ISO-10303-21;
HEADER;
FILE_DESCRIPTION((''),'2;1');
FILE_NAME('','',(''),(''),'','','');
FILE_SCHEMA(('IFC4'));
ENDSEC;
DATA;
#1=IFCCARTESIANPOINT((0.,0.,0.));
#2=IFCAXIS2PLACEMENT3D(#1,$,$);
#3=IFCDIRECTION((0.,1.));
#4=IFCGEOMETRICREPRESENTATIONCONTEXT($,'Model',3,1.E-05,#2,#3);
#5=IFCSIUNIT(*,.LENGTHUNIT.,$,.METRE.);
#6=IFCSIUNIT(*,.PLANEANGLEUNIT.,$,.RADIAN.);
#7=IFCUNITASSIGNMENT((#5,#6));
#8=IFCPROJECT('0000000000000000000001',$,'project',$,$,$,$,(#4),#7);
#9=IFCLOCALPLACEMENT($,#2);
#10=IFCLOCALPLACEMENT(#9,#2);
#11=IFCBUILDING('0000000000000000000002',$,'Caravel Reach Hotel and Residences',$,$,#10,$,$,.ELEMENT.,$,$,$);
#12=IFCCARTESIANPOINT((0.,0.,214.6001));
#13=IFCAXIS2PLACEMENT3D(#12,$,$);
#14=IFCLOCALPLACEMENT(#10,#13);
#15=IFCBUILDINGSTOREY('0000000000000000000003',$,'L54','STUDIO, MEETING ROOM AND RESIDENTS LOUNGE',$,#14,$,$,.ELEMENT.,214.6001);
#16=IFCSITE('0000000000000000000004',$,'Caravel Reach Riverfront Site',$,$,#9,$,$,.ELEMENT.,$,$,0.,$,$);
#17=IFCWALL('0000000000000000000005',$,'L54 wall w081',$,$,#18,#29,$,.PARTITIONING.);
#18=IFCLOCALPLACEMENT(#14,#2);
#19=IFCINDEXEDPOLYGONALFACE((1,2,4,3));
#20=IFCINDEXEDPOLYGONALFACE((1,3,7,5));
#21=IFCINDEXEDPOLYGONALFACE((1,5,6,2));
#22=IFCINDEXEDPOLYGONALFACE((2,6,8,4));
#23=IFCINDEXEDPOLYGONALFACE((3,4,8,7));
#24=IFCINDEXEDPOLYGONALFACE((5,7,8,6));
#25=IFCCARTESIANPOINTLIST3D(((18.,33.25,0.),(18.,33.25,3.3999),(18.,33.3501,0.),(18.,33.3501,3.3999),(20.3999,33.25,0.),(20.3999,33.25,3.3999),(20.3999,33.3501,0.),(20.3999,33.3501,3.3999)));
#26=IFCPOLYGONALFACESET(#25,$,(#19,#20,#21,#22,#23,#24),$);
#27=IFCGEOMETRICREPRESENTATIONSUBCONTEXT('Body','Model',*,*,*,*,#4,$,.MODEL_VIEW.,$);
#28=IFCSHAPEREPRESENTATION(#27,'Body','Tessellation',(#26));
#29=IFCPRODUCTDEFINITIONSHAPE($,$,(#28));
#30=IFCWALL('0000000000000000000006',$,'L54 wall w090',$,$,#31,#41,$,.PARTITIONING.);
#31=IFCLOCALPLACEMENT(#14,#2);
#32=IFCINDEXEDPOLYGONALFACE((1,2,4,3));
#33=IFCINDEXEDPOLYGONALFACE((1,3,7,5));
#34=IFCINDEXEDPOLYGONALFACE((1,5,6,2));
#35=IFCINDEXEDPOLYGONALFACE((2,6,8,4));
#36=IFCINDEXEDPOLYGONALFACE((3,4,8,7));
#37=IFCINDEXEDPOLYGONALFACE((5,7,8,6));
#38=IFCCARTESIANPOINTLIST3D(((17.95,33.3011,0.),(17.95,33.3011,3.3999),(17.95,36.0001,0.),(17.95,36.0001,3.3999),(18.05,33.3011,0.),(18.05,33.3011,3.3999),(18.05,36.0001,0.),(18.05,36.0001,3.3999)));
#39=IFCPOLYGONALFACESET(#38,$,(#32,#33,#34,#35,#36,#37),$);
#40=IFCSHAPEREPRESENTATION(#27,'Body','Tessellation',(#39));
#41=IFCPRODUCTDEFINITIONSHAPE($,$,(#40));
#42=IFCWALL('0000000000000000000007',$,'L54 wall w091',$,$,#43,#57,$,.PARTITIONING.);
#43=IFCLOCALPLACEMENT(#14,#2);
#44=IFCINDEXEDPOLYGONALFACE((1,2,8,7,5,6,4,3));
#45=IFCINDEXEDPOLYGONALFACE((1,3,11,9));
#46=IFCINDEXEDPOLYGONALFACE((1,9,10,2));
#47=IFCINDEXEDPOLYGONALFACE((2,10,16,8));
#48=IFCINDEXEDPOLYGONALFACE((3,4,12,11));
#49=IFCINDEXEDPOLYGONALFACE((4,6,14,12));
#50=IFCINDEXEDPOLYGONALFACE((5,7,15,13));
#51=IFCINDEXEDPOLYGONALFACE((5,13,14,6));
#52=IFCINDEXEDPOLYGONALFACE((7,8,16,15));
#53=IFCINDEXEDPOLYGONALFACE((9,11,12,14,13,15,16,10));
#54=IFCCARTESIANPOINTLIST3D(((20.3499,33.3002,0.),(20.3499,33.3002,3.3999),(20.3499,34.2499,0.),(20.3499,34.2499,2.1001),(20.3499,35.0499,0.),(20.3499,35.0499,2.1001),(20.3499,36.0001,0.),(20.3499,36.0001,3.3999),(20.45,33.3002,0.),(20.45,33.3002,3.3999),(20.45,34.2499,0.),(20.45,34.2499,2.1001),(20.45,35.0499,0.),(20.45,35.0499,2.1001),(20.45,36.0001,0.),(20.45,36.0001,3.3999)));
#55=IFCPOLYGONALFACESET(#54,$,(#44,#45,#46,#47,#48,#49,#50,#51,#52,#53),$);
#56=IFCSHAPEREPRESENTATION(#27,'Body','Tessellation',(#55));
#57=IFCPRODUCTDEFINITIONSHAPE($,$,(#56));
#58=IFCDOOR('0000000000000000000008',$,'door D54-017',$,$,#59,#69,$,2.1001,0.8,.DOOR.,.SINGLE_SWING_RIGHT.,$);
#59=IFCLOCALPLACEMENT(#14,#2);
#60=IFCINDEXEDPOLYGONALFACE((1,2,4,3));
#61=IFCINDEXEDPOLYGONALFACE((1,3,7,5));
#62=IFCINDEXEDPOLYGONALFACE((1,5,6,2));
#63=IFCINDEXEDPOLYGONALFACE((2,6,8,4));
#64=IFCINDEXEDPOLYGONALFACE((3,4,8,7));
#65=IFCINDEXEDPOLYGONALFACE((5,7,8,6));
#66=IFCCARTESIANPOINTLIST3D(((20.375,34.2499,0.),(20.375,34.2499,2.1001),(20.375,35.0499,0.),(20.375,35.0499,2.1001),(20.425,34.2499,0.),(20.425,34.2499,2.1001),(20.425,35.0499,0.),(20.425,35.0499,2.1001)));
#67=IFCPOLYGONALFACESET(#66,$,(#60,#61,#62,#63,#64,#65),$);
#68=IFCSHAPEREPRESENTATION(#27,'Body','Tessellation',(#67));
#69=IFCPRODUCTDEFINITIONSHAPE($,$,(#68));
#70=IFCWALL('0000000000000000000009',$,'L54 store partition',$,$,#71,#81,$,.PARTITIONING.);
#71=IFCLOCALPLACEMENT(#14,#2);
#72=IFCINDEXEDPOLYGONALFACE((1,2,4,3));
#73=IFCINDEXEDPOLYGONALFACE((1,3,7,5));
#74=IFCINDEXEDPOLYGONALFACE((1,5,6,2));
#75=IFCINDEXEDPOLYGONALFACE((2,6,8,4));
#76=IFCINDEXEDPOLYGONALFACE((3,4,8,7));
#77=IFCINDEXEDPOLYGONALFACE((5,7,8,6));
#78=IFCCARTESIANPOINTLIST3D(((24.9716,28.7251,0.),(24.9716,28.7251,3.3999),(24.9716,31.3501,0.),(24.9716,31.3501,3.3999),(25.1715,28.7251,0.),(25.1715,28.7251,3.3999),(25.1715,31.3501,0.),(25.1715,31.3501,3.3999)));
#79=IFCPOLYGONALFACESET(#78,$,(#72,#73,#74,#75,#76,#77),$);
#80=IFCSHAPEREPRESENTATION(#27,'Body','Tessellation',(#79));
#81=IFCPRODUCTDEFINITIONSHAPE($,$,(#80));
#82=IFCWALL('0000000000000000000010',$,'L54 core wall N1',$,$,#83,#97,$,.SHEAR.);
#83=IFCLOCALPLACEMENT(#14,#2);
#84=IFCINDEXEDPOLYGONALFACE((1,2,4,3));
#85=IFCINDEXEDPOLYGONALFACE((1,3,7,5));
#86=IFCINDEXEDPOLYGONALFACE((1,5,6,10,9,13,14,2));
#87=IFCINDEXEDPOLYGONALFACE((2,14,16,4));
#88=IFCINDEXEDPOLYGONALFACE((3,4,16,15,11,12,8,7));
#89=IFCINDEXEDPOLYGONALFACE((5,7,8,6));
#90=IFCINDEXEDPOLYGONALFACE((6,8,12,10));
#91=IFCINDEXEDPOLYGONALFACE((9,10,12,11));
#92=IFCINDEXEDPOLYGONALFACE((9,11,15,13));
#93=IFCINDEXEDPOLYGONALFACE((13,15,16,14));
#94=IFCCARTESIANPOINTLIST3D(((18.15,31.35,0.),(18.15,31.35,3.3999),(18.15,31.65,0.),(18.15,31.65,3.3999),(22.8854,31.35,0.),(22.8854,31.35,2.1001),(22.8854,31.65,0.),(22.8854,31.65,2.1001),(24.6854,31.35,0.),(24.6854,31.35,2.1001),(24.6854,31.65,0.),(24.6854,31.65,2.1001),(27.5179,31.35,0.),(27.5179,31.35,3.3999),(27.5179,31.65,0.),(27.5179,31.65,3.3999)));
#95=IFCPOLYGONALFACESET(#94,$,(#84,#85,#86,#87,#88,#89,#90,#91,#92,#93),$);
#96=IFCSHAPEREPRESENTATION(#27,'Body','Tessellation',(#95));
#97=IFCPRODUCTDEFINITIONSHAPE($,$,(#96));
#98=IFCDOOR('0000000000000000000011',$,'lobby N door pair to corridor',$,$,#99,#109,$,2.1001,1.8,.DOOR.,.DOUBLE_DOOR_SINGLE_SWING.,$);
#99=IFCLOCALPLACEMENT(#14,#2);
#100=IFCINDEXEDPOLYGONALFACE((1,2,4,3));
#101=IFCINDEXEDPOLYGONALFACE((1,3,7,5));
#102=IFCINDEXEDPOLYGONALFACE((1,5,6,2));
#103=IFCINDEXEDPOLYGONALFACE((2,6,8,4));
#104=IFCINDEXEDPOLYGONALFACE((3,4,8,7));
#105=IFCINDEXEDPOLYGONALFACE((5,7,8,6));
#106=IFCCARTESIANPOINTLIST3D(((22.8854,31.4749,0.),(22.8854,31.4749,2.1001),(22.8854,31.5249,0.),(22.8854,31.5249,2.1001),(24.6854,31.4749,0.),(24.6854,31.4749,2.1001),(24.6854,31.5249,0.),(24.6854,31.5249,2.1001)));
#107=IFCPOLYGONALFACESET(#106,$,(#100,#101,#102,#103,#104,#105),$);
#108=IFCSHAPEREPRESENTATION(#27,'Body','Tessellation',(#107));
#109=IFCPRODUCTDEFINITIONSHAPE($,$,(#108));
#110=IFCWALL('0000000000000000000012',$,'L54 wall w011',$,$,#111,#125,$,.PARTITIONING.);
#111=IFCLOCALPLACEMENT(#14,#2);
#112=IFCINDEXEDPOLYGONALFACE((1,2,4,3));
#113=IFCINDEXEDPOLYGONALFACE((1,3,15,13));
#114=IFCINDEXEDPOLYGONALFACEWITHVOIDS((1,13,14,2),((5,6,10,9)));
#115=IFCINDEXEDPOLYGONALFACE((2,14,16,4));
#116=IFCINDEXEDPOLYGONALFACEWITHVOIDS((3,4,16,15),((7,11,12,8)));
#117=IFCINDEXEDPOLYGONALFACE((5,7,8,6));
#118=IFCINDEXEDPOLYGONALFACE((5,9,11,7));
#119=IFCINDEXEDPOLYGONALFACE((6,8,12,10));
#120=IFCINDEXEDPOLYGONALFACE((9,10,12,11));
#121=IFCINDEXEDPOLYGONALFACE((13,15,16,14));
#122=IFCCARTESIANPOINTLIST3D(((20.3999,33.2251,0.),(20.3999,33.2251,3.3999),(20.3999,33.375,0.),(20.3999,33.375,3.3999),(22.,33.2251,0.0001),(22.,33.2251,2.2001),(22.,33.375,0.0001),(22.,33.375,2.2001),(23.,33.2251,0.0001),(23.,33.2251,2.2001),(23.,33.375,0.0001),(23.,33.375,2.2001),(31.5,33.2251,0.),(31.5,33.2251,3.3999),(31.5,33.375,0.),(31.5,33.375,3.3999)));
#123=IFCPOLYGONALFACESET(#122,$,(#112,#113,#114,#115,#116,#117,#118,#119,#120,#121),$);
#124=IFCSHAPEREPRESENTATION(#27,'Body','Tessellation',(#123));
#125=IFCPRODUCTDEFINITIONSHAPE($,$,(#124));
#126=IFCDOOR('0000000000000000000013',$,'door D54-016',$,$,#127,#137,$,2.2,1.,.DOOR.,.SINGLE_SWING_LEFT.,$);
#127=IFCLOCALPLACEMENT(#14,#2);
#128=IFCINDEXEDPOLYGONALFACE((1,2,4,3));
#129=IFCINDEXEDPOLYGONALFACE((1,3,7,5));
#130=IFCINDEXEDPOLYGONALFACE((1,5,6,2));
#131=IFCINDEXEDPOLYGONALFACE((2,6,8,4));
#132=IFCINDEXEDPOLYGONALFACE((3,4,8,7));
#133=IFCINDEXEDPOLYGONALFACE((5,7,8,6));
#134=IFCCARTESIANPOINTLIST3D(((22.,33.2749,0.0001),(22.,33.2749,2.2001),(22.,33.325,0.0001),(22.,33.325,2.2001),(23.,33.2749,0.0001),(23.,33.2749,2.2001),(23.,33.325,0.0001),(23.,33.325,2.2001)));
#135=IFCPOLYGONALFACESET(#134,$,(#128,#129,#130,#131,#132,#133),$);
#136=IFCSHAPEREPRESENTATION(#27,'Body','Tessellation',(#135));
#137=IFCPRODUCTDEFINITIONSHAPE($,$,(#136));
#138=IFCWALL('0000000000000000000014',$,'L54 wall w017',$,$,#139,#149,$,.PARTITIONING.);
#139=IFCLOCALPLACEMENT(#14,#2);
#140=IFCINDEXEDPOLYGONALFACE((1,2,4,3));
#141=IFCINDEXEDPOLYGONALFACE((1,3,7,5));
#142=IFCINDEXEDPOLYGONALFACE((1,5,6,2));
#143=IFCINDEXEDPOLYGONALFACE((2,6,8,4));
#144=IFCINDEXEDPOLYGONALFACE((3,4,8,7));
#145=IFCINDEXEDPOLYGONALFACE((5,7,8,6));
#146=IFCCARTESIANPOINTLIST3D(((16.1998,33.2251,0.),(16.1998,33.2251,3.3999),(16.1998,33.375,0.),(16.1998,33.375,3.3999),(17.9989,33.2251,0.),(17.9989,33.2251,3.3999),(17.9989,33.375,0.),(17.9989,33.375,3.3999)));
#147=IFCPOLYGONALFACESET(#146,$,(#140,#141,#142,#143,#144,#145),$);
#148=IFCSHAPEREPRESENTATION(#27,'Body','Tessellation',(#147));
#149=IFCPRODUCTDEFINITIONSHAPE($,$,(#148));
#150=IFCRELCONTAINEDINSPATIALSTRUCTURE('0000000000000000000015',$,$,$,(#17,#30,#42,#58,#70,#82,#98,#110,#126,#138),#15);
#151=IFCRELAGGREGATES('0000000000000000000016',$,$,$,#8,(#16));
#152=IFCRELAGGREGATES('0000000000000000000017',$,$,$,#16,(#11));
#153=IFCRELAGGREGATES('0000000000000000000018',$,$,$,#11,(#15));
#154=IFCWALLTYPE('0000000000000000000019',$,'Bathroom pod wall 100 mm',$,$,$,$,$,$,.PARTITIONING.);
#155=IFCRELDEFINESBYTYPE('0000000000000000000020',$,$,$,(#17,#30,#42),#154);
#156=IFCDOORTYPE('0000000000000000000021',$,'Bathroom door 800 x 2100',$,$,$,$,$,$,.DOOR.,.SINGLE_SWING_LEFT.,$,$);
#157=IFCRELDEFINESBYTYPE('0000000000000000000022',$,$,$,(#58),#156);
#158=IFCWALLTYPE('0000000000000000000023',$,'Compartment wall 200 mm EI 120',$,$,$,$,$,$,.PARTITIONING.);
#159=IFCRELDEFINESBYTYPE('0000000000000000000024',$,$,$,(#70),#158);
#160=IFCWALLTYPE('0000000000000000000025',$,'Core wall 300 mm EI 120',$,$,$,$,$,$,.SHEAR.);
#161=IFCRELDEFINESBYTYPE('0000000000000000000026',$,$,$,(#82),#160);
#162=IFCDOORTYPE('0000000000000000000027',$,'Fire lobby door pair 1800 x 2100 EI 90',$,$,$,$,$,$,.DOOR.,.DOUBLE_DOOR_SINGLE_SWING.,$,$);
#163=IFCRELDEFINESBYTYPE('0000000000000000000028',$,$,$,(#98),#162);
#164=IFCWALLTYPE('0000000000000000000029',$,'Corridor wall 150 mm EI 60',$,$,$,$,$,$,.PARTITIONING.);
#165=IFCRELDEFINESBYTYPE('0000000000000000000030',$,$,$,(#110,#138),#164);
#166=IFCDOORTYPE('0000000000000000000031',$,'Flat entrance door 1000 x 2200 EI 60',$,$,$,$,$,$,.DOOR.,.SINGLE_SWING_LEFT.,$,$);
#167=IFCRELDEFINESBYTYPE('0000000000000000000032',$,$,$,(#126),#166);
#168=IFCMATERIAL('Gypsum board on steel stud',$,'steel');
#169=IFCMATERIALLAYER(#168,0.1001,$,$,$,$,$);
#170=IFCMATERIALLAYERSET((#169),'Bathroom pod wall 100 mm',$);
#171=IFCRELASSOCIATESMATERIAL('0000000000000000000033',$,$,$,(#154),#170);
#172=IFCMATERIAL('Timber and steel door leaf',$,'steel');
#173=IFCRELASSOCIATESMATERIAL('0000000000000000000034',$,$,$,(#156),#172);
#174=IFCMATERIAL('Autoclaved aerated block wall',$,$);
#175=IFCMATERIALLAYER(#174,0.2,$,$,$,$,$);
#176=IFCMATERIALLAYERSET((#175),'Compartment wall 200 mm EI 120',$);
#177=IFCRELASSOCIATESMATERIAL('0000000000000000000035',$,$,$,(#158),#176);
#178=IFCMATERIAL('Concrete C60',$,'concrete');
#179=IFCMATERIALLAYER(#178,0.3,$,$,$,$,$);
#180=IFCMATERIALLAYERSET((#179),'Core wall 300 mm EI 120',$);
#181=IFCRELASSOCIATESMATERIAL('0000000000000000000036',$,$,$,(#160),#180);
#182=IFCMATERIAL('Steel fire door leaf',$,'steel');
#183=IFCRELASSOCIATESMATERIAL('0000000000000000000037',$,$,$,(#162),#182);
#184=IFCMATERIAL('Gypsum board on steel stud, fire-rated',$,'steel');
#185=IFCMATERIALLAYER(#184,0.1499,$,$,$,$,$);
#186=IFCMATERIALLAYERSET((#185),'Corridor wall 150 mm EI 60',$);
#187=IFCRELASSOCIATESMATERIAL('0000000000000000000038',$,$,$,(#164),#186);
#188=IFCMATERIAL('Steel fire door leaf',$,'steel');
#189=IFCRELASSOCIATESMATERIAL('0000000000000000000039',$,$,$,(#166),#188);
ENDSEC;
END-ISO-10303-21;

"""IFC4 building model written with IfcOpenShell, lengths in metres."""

from ifc_helpers import new_model, si_unit, direction, frame, frame_2d, origin, place, context, subcontext, project, spatial, rectangle, extrude, material, layer, layer_set, type_object, element, fill, save


model = new_model("IFC4")

# Units and contexts
model_context = context("Model", 3, precision=1e-05, world=origin(), true_north=direction((0.0, 1.0)))
body_context = subcontext(model_context, "Body", "Model", "MODEL_VIEW")
ifc_project = project(units=[si_unit("LENGTHUNIT", "METRE"), si_unit("PLANEANGLEUNIT", "RADIAN")], contexts=[model_context])

# Site, building, storey
site_placement = place(None, origin())
site = spatial("IfcSite", under=ifc_project, at=site_placement, Name="Caravel Reach Riverfront Site", CompositionType="ELEMENT", RefElevation=0.0)
building_placement = place(site_placement, origin())
building = spatial("IfcBuilding", under=site, at=building_placement, Name="Caravel Reach Hotel and Residences", CompositionType="ELEMENT")
storey_placement = place(building_placement, frame((0.0, 0.0, 214.6001)))
storey = spatial("IfcBuildingStorey", under=building, at=storey_placement, Name="L54", Description="STUDIO, MEETING ROOM AND RESIDENTS LOUNGE", CompositionType="ELEMENT", Elevation=214.6001)

# Walls
ifc_material_1 = material(Name="Gypsum board on steel stud", Category="steel")
ifc_layer_1 = layer(ifc_material_1, 0.1001)
ifc_layer_set_1 = layer_set([ifc_layer_1], Name="Bathroom pod wall 100 mm")
wall_type_1 = type_object("IfcWallType", Name="Bathroom pod wall 100 mm", PredefinedType="PARTITIONING", material=ifc_layer_set_1)
wall_1_placement = place(storey_placement, frame((18.0, 33.3, 0.0), z_axis=(0.0, 0.0, 1.0), x_axis=(1.0, 0.0, 0.0)))
element("IfcWall", 1, at=wall_1_placement, inside=storey, type_object=wall_type_1, Name="L54 wall w081", PredefinedType="PARTITIONING", context=body_context, shape_type="SweptSolid", body=[
    extrude(rectangle(XDim=2.3999, YDim=0.1001, at=frame_2d((1.2, 0.0))), origin(), (0.0, 0.0, 1.0), 3.3999),
])
wall_2_placement = place(storey_placement, frame((18.0, 33.301, 0.0), z_axis=(0.0, 0.0, 1.0), x_axis=(0.0, 1.0, 0.0)))
element("IfcWall", 2, at=wall_2_placement, inside=storey, type_object=wall_type_1, Name="L54 wall w090", PredefinedType="PARTITIONING", context=body_context, shape_type="SweptSolid", body=[
    extrude(rectangle(XDim=2.699, YDim=0.1001, at=frame_2d((1.3496, 0.0))), origin(), (0.0, 0.0, 1.0), 3.3999),
])

# Wall, opening, door
wall_3_placement = place(storey_placement, frame((20.3999, 33.3, 0.0), z_axis=(0.0, 0.0, 1.0), x_axis=(0.0, 1.0, 0.0)))
wall_3 = element("IfcWall", 3, at=wall_3_placement, inside=storey, type_object=wall_type_1, Name="L54 wall w091", PredefinedType="PARTITIONING", context=body_context, shape_type="SweptSolid", body=[
    extrude(rectangle(XDim=2.7, YDim=0.1001, at=frame_2d((1.3501, 0.0))), origin(), (0.0, 0.0, 1.0), 3.3999),
])
opening_1_placement = place(wall_3_placement, frame((0.95, 0.0, 0.0)))
opening_1 = element("IfcOpeningElement", 4, at=opening_1_placement, cuts=wall_3, PredefinedType="OPENING", context=body_context, shape_type="SweptSolid", body=[
    extrude(rectangle(XDim=0.8, YDim=2.1001, at=frame_2d((0.3999, 1.05))), frame((0.0, 0.0601, 0.0), z_axis=(0.0, -1.0, 0.0), x_axis=(1.0, 0.0, 0.0)), (0.0, 0.0, 1.0), 0.1201),
])
ifc_material_2 = material(Name="Timber and steel door leaf", Category="steel")
door_type_1 = type_object("IfcDoorType", Name="Bathroom door 800 x 2100", OperationType="SINGLE_SWING_LEFT", PredefinedType="DOOR", material=ifc_material_2)
door_1_placement = place(opening_1_placement, origin())
door_1 = element("IfcDoor", 5, at=door_1_placement, inside=storey, type_object=door_type_1, Name="door D54-017", OperationType="SINGLE_SWING_RIGHT", OverallHeight=2.1001, OverallWidth=0.8, PredefinedType="DOOR", context=body_context, shape_type="SweptSolid", body=[
    extrude(rectangle(XDim=0.8, YDim=2.1001, at=frame_2d((0.3999, 1.05))), frame((0.0, 0.0249, 0.0), z_axis=(0.0, -1.0, 0.0), x_axis=(1.0, 0.0, 0.0)), (0.0, 0.0, 1.0), 0.05),
])
fill(opening_1, door_1)

# Wall
ifc_material_3 = material(Name="Autoclaved aerated block wall")
ifc_layer_2 = layer(ifc_material_3, 0.2)
ifc_layer_set_2 = layer_set([ifc_layer_2], Name="Compartment wall 200 mm EI 120")
wall_type_2 = type_object("IfcWallType", Name="Compartment wall 200 mm EI 120", PredefinedType="PARTITIONING", material=ifc_layer_set_2)
wall_4_placement = place(storey_placement, frame((25.0715, 28.7251, 0.0), z_axis=(0.0, 0.0, 1.0), x_axis=(0.0, 1.0, 0.0)))
element("IfcWall", 6, at=wall_4_placement, inside=storey, type_object=wall_type_2, Name="L54 store partition", PredefinedType="PARTITIONING", context=body_context, shape_type="SweptSolid", body=[
    extrude(rectangle(XDim=2.625, YDim=0.2, at=frame_2d((1.3125, 0.0))), origin(), (0.0, 0.0, 1.0), 3.3999),
])

# Walls, openings, doors
ifc_material_4 = material(Name="Concrete C60", Category="concrete")
ifc_layer_3 = layer(ifc_material_4, 0.3)
ifc_layer_set_3 = layer_set([ifc_layer_3], Name="Core wall 300 mm EI 120")
wall_type_3 = type_object("IfcWallType", Name="Core wall 300 mm EI 120", PredefinedType="SHEAR", material=ifc_layer_set_3)
wall_5_placement = place(storey_placement, frame((18.1499, 31.5, 0.0), z_axis=(0.0, 0.0, 1.0), x_axis=(1.0, 0.0, 0.0)))
wall_5 = element("IfcWall", 7, at=wall_5_placement, inside=storey, type_object=wall_type_3, Name="L54 core wall N1", PredefinedType="SHEAR", context=body_context, shape_type="SweptSolid", body=[
    extrude(rectangle(XDim=9.3679, YDim=0.3, at=frame_2d((4.6841, 0.0))), origin(), (0.0, 0.0, 1.0), 3.3999),
])
opening_2_placement = place(wall_5_placement, frame((4.7356, 0.0, 0.0)))
opening_2 = element("IfcOpeningElement", 8, at=opening_2_placement, cuts=wall_5, PredefinedType="OPENING", context=body_context, shape_type="SweptSolid", body=[
    extrude(rectangle(XDim=1.8, YDim=2.1001, at=frame_2d((0.8999, 1.05))), frame((0.0, 0.1599, 0.0), z_axis=(0.0, -1.0, 0.0), x_axis=(1.0, 0.0, 0.0)), (0.0, 0.0, 1.0), 0.3201),
])
ifc_material_5 = material(Name="Steel fire door leaf", Category="steel")
door_type_2 = type_object("IfcDoorType", Name="Fire lobby door pair 1800 x 2100 EI 90", OperationType="DOUBLE_DOOR_SINGLE_SWING", PredefinedType="DOOR", material=ifc_material_5)
door_2_placement = place(opening_2_placement, origin())
door_2 = element("IfcDoor", 9, at=door_2_placement, inside=storey, type_object=door_type_2, Name="lobby N door pair to corridor", OperationType="DOUBLE_DOOR_SINGLE_SWING", OverallHeight=2.1001, OverallWidth=1.8, PredefinedType="DOOR", context=body_context, shape_type="SweptSolid", body=[
    extrude(rectangle(XDim=1.8, YDim=2.1001, at=frame_2d((0.8999, 1.05))), frame((0.0, 0.0249, 0.0), z_axis=(0.0, -1.0, 0.0), x_axis=(1.0, 0.0, 0.0)), (0.0, 0.0, 1.0), 0.05),
])
fill(opening_2, door_2)
ifc_material_6 = material(Name="Gypsum board on steel stud, fire-rated", Category="steel")
ifc_layer_4 = layer(ifc_material_6, 0.1499)
ifc_layer_set_4 = layer_set([ifc_layer_4], Name="Corridor wall 150 mm EI 60")
wall_type_4 = type_object("IfcWallType", Name="Corridor wall 150 mm EI 60", PredefinedType="PARTITIONING", material=ifc_layer_set_4)
wall_6_placement = place(storey_placement, frame((20.3999, 33.3, 0.0), z_axis=(0.0, 0.0, 1.0), x_axis=(1.0, 0.0, 0.0)))
wall_6 = element("IfcWall", 10, at=wall_6_placement, inside=storey, type_object=wall_type_4, Name="L54 wall w011", PredefinedType="PARTITIONING", context=body_context, shape_type="SweptSolid", body=[
    extrude(rectangle(XDim=11.1001, YDim=0.1499, at=frame_2d((5.55, 0.0))), origin(), (0.0, 0.0, 1.0), 3.3999),
])
opening_3_placement = place(wall_6_placement, frame((1.6001, 0.0, 0.0)))
opening_3 = element("IfcOpeningElement", 11, at=opening_3_placement, cuts=wall_6, PredefinedType="OPENING", context=body_context, shape_type="SweptSolid", body=[
    extrude(rectangle(XDim=1.0, YDim=2.2, at=frame_2d((0.5, 1.1001))), frame((0.0, 0.085, 0.0), z_axis=(0.0, -1.0, 0.0), x_axis=(1.0, 0.0, 0.0)), (0.0, 0.0, 1.0), 0.1699),
])
ifc_material_7 = material(Name="Steel fire door leaf", Category="steel")
door_type_3 = type_object("IfcDoorType", Name="Flat entrance door 1000 x 2200 EI 60", OperationType="SINGLE_SWING_LEFT", PredefinedType="DOOR", material=ifc_material_7)
door_3_placement = place(opening_3_placement, origin())
door_3 = element("IfcDoor", 12, at=door_3_placement, inside=storey, type_object=door_type_3, Name="door D54-016", OperationType="SINGLE_SWING_LEFT", OverallHeight=2.2, OverallWidth=1.0, PredefinedType="DOOR", context=body_context, shape_type="SweptSolid", body=[
    extrude(rectangle(XDim=1.0, YDim=2.2, at=frame_2d((0.5, 1.1001))), frame((0.0, 0.0249, 0.0), z_axis=(0.0, -1.0, 0.0), x_axis=(1.0, 0.0, 0.0)), (0.0, 0.0, 1.0), 0.05),
])
fill(opening_3, door_3)

# Wall
wall_7_placement = place(storey_placement, frame((16.2, 33.3, 0.0), z_axis=(0.0, 0.0, 1.0), x_axis=(1.0, 0.0, 0.0)))
element("IfcWall", 13, at=wall_7_placement, inside=storey, type_object=wall_type_4, Name="L54 wall w017", PredefinedType="PARTITIONING", context=body_context, shape_type="SweptSolid", body=[
    extrude(rectangle(XDim=1.7991, YDim=0.1499, at=frame_2d((0.8994, 0.0))), origin(), (0.0, 0.0, 1.0), 3.3999),
])

save(model, "model.ifc")
